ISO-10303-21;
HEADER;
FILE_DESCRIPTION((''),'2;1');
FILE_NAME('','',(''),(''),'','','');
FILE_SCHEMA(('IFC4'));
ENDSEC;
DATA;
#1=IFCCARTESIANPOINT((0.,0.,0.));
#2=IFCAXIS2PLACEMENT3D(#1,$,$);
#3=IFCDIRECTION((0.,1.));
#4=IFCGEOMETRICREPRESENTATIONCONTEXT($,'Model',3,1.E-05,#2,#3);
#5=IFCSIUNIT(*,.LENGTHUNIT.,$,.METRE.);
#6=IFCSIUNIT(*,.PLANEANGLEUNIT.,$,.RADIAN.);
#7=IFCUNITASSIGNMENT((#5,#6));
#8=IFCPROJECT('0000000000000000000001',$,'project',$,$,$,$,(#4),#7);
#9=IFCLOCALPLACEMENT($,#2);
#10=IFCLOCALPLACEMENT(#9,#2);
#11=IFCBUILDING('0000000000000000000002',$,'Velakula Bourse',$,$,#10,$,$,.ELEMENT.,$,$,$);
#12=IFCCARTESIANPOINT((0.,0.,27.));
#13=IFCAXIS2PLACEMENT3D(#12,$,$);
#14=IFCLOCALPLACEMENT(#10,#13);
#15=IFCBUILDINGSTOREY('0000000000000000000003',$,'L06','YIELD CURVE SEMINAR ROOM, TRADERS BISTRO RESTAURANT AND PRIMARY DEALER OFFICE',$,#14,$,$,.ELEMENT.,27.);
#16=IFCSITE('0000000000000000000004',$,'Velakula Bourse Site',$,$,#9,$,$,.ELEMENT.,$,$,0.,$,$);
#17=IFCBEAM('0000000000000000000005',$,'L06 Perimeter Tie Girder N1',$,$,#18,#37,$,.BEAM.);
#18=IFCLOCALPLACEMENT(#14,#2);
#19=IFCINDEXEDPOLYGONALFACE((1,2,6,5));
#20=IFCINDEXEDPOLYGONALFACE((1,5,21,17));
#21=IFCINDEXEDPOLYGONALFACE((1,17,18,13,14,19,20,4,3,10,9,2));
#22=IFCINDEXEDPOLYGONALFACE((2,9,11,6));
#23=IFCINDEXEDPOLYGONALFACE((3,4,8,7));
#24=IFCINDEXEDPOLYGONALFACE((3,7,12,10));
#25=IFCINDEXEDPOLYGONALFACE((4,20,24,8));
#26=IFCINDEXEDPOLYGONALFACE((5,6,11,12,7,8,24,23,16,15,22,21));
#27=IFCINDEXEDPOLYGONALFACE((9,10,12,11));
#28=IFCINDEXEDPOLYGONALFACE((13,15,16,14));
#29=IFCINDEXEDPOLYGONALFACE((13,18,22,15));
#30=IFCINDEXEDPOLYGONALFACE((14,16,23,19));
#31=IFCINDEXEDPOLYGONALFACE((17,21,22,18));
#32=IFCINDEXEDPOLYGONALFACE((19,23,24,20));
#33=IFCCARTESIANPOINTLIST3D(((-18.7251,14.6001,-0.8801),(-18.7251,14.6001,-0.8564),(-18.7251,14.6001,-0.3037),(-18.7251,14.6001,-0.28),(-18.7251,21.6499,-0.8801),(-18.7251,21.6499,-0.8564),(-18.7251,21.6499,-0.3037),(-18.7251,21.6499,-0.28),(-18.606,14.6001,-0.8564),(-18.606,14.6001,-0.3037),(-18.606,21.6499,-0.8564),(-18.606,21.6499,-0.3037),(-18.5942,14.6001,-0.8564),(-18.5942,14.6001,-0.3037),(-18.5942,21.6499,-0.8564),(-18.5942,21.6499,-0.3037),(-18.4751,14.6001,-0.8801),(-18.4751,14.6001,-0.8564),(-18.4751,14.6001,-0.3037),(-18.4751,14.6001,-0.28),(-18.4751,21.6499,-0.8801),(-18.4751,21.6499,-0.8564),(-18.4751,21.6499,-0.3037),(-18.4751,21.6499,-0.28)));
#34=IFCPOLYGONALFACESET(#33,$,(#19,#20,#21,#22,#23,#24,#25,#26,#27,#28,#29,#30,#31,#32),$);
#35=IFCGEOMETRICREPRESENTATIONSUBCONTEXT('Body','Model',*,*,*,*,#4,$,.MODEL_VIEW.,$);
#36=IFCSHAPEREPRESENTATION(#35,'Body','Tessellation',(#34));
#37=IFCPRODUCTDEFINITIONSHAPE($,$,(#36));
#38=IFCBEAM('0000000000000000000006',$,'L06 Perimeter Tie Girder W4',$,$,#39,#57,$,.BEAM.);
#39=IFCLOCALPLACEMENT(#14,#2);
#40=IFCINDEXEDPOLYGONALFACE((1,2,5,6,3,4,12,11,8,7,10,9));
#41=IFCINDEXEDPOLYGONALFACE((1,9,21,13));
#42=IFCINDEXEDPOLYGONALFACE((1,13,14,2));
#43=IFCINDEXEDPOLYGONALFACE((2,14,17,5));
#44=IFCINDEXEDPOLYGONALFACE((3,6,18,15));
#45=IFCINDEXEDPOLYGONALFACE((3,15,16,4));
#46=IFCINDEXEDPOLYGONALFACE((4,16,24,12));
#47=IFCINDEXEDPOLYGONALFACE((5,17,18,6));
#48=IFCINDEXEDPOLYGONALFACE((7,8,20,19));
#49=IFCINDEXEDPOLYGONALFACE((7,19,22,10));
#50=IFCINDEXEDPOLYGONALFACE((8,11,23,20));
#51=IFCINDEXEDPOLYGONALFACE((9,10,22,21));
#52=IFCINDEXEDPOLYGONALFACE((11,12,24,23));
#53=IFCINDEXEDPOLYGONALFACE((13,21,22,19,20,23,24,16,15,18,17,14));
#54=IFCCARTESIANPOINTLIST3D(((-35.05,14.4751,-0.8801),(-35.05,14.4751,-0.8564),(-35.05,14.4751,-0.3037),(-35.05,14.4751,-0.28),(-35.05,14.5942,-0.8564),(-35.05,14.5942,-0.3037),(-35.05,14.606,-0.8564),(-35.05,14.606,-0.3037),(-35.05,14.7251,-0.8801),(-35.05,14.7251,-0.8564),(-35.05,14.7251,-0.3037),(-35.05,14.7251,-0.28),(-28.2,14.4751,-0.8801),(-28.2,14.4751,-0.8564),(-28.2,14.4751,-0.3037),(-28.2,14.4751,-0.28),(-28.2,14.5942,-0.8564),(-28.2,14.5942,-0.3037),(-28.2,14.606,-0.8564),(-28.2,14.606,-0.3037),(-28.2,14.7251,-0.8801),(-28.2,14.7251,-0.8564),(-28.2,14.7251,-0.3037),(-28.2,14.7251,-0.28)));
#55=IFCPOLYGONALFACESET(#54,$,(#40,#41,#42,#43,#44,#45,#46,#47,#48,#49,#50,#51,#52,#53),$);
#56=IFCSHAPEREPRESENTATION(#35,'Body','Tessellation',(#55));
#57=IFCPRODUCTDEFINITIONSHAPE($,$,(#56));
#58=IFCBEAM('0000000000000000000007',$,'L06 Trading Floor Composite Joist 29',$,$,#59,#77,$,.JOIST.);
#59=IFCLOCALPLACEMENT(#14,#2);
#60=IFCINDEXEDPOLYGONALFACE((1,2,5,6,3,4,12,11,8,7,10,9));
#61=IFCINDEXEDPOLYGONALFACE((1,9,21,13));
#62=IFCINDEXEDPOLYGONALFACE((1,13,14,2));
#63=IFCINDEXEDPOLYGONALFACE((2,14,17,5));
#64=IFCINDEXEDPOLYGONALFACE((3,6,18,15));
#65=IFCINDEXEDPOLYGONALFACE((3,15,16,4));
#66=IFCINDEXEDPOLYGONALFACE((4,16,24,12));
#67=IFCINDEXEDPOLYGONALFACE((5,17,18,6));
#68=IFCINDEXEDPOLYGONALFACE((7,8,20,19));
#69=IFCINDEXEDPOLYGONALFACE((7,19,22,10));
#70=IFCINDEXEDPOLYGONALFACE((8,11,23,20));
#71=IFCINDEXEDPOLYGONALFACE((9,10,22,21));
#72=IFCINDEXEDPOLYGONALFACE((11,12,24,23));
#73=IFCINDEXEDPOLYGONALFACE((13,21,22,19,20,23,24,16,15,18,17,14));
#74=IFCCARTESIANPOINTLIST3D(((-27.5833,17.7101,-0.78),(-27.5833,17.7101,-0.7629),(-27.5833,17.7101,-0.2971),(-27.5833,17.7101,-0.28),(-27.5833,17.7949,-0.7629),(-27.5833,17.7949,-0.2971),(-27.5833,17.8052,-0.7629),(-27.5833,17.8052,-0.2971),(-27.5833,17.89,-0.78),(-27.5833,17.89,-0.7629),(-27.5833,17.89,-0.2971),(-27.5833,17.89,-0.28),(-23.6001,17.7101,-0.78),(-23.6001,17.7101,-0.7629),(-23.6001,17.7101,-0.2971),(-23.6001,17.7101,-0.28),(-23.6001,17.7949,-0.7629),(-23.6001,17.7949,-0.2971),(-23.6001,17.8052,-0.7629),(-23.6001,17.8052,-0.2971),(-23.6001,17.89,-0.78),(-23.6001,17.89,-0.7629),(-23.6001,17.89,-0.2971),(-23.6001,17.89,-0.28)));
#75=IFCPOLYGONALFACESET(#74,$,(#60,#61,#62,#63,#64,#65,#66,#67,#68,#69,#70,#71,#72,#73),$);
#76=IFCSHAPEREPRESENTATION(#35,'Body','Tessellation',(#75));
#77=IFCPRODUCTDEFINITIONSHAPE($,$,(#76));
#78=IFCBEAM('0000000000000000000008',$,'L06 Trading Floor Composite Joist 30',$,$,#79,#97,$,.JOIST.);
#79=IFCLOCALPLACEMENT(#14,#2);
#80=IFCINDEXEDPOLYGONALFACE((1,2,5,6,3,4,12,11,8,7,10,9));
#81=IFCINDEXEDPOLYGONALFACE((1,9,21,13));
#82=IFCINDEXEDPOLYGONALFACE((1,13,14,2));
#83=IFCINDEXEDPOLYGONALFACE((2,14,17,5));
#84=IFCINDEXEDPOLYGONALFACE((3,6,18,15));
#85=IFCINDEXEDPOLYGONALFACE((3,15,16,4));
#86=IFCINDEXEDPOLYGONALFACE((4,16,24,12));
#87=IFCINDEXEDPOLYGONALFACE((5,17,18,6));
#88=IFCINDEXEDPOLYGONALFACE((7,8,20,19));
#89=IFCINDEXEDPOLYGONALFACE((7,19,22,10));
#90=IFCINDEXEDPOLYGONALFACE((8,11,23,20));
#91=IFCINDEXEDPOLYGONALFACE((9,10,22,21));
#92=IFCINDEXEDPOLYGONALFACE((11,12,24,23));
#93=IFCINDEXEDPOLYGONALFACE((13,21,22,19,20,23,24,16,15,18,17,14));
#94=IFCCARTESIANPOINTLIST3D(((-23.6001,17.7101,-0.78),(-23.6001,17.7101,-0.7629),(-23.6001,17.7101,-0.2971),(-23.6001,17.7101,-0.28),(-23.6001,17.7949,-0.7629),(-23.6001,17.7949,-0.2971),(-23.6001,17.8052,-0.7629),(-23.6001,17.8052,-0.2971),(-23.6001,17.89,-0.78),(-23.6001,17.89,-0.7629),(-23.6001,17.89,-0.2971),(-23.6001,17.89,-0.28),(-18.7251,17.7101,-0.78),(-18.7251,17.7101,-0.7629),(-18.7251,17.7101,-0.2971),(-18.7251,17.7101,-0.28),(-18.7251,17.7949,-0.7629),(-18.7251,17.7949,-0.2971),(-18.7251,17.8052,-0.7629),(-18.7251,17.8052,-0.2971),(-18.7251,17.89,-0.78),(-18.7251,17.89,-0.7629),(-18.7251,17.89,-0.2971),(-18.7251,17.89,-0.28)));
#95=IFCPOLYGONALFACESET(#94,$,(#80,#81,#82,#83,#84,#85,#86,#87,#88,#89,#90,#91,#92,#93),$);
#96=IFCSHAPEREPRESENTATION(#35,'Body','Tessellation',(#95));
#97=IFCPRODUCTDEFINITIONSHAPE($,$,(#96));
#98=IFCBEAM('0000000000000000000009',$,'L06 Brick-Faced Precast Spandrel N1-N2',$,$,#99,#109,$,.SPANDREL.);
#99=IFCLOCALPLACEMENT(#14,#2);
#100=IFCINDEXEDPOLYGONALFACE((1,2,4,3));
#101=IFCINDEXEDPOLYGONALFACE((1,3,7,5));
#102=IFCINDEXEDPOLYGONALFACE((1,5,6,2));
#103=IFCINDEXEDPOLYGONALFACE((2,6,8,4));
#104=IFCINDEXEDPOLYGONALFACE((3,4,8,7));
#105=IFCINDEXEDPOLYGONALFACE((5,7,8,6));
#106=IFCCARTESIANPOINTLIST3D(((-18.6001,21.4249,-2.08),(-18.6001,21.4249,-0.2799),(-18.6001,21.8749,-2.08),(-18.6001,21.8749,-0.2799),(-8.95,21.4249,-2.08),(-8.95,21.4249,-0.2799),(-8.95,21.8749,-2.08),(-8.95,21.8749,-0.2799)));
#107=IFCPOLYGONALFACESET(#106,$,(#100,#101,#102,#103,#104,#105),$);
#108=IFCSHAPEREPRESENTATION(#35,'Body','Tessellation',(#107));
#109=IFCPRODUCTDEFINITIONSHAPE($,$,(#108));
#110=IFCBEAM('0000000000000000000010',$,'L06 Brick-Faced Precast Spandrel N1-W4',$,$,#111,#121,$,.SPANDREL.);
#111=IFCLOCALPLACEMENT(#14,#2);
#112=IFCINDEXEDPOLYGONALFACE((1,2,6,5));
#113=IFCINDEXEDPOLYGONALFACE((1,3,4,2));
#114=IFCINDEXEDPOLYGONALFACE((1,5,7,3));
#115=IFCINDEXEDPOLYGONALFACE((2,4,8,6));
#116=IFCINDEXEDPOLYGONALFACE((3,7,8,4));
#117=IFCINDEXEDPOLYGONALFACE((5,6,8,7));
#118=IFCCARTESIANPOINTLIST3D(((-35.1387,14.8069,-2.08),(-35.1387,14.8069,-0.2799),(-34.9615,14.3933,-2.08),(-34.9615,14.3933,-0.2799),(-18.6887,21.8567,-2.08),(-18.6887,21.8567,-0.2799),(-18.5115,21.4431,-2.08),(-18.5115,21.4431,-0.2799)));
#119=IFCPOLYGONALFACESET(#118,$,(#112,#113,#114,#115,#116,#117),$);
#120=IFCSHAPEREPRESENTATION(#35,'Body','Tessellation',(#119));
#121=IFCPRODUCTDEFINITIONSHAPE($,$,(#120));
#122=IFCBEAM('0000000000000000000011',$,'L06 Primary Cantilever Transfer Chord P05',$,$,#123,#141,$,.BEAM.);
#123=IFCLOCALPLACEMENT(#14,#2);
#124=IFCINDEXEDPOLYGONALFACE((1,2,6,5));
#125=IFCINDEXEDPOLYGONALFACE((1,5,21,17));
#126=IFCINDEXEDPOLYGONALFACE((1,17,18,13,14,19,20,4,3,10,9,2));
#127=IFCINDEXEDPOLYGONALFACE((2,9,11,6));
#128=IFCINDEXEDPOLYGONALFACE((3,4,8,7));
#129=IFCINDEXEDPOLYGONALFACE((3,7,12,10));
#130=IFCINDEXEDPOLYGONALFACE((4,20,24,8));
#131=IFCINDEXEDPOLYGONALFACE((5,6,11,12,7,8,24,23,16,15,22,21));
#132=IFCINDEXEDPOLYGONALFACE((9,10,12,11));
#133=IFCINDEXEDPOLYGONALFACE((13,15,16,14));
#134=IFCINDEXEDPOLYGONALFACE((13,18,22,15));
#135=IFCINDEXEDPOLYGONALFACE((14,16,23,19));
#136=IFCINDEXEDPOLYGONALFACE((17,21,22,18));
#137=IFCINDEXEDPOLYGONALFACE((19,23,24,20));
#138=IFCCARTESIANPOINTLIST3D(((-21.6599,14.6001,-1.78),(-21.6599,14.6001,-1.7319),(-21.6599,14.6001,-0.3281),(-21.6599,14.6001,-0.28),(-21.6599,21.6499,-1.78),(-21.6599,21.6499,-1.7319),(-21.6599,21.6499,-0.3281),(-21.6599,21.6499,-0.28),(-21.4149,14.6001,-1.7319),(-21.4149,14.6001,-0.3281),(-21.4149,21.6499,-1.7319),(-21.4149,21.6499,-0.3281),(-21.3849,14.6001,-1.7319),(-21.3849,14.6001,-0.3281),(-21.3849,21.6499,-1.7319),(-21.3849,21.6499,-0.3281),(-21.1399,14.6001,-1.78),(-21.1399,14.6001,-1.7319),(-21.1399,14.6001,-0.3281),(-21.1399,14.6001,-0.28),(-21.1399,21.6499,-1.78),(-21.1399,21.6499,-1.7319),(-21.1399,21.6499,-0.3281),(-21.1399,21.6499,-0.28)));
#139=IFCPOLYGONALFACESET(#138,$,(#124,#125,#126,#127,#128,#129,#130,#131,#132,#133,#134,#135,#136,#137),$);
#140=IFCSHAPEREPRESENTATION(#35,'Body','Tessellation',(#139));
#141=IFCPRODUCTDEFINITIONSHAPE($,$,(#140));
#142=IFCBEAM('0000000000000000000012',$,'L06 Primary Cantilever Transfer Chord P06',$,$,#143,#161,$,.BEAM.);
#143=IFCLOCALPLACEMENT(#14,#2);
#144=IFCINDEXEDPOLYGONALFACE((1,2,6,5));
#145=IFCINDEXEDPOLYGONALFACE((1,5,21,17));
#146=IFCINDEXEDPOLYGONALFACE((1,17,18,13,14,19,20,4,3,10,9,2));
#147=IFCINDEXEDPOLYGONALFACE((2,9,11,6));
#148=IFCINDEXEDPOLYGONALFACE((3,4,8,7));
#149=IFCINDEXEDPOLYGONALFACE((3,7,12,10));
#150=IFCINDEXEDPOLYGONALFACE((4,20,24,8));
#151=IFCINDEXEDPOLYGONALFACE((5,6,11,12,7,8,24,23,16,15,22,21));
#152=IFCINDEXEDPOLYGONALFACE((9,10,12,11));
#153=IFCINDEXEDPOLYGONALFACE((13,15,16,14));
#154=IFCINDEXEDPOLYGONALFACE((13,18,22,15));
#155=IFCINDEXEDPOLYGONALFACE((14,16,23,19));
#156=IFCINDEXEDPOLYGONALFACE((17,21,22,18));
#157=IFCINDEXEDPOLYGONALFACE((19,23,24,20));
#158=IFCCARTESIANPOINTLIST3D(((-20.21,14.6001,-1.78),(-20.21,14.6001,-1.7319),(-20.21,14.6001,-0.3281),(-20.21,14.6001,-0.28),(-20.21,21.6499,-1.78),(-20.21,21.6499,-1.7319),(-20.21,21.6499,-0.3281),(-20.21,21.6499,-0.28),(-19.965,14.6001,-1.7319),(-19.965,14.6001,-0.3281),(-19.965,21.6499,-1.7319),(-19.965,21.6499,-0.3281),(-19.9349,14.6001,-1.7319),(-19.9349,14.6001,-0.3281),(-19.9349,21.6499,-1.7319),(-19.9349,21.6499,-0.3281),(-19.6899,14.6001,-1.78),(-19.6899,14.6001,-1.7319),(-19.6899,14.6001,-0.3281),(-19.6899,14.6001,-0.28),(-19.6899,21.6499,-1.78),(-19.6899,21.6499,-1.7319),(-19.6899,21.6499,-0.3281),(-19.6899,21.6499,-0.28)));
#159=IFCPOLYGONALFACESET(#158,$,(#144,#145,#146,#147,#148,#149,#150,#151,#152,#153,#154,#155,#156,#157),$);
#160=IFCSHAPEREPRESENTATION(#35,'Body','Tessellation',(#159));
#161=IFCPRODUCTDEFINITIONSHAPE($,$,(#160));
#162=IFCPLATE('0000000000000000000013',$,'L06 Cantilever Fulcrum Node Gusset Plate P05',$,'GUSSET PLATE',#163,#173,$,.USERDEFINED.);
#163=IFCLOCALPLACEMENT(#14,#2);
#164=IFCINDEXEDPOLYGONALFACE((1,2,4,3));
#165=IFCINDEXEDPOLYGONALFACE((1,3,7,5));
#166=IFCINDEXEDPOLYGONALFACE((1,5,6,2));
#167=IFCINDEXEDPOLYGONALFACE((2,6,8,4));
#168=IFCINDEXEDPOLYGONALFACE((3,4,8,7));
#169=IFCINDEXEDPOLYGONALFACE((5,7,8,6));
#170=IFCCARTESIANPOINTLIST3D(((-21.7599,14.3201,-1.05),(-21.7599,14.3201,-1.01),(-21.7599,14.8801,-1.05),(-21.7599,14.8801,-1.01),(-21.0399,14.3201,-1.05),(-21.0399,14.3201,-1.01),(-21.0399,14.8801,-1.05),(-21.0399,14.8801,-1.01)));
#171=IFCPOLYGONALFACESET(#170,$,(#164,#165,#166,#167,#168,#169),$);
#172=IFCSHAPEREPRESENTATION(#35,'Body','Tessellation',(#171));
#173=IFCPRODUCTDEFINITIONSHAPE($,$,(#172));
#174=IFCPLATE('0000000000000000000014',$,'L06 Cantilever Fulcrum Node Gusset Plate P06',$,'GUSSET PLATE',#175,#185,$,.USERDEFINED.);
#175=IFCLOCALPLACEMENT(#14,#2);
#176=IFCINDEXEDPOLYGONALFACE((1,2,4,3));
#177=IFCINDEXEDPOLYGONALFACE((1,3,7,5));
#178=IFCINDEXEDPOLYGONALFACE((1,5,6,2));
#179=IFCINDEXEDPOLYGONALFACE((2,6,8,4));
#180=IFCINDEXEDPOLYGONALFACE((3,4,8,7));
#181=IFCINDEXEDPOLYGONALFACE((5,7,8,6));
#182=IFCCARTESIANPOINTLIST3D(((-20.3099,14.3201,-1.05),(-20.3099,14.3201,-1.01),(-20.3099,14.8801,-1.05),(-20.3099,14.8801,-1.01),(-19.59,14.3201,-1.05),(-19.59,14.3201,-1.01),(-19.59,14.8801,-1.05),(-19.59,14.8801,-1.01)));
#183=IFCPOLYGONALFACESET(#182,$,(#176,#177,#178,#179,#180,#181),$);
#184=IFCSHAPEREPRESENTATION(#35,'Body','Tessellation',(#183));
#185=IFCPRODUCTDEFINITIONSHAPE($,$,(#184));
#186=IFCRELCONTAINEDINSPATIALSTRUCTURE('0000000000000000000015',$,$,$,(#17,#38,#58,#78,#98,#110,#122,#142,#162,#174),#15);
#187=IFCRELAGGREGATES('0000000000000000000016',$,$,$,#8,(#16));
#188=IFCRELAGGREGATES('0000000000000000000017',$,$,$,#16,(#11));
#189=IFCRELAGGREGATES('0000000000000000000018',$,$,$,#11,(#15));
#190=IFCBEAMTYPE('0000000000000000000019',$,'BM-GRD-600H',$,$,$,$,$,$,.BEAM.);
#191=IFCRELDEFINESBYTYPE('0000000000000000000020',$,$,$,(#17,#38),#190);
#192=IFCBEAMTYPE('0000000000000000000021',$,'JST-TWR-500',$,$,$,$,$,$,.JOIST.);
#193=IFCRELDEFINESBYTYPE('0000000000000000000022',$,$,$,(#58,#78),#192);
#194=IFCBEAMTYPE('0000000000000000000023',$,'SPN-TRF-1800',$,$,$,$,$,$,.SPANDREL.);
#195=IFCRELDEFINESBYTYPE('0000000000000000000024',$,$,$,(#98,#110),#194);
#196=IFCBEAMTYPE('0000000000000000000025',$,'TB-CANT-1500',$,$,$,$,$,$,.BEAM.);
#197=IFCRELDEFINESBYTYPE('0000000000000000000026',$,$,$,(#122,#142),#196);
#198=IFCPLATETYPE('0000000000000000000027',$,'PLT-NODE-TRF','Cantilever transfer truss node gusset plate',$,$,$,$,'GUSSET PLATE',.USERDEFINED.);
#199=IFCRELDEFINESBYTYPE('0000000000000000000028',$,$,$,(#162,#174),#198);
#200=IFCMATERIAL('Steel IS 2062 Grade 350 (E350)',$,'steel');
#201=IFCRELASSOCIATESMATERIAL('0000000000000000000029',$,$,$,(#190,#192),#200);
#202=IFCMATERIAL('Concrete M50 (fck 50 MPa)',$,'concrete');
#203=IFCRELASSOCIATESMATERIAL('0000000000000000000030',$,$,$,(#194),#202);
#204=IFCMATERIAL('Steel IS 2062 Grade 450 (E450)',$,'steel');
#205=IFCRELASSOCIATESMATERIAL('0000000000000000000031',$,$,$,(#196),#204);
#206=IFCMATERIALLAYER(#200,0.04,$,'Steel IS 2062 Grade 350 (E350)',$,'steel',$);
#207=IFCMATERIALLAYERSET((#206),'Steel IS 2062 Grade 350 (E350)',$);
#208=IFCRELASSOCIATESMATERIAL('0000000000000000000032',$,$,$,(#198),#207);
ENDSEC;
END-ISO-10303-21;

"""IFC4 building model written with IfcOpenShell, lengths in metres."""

from ifc_helpers import new_model, si_unit, direction, frame, origin, origin_2d, place, context, subcontext, project, spatial, rectangle, i_section, extrude, material, layer, layer_set, material_profile, profile_set, type_object, element, save


model = new_model("IFC4")

# Units and contexts
model_context = context("Model", 3, precision=1e-05, world=origin(), true_north=direction((0.0, 1.0)))
body_context = subcontext(model_context, "Body", "Model", "MODEL_VIEW")
ifc_project = project(units=[si_unit("LENGTHUNIT", "METRE"), si_unit("PLANEANGLEUNIT", "RADIAN")], contexts=[model_context])

# Site, building, storey
site_placement = place(None, origin())
site = spatial("IfcSite", under=ifc_project, at=site_placement, Name="Velakula Bourse Site", CompositionType="ELEMENT", RefElevation=0.0)
building_placement = place(site_placement, origin())
building = spatial("IfcBuilding", under=site, at=building_placement, Name="Velakula Bourse", CompositionType="ELEMENT")
storey_placement = place(building_placement, frame((0.0, 0.0, 27.0)))
storey = spatial("IfcBuildingStorey", under=building, at=storey_placement, Name="L06", Description="YIELD CURVE SEMINAR ROOM, TRADERS BISTRO RESTAURANT AND PRIMARY DEALER OFFICE", CompositionType="ELEMENT", Elevation=27.0)

# Shared definitions
ifc_material_1 = material(Name="Steel IS 2062 Grade 450 (E450)", Category="steel")

# Beams
ifc_material_2 = material(Name="Steel IS 2062 Grade 350 (E350)", Category="steel")
ifc_material_profile_1 = material_profile(ifc_material_2, i_section(OverallWidth=0.25, OverallDepth=0.6001, WebThickness=0.0117, FlangeThickness=0.0237, at=origin_2d()), Name="Steel IS 2062 Grade 350 (E350)")
ifc_profile_set_1 = profile_set([ifc_material_profile_1], Name="Steel IS 2062 Grade 350 (E350)")
beam_type_1 = type_object("IfcBeamType", Name="BM-GRD-600H", PredefinedType="BEAM", material=ifc_profile_set_1)
beam_1_placement = place(storey_placement, frame((-18.6001, 14.6001, -0.5801), z_axis=(0.0, 1.0, 0.0), x_axis=(-1.0, 0.0, 0.0)))
element("IfcBeam", 1, at=beam_1_placement, inside=storey, type_object=beam_type_1, Name="L06 Perimeter Tie Girder N1", PredefinedType="BEAM", context=body_context, shape_type="SweptSolid", body=[
    extrude(i_section(OverallWidth=0.25, OverallDepth=0.6001, WebThickness=0.0117, FlangeThickness=0.0237, at=origin_2d()), origin(), (0.0, 0.0, 1.0), 7.0498),
])
beam_2_placement = place(storey_placement, frame((-28.2, 14.6001, -0.5801), z_axis=(-1.0, 0.0, 0.0), x_axis=(0.0, -1.0, 0.0)))
element("IfcBeam", 2, at=beam_2_placement, inside=storey, type_object=beam_type_1, Name="L06 Perimeter Tie Girder W4", PredefinedType="BEAM", context=body_context, shape_type="SweptSolid", body=[
    extrude(i_section(OverallWidth=0.25, OverallDepth=0.6001, WebThickness=0.0117, FlangeThickness=0.0237, at=origin_2d()), origin(), (0.0, 0.0, 1.0), 6.8501),
])
ifc_material_profile_2 = material_profile(ifc_material_2, i_section(OverallWidth=0.1799, OverallDepth=0.5, WebThickness=0.0103, FlangeThickness=0.0171, at=origin_2d()), Name="Steel IS 2062 Grade 350 (E350)")
ifc_profile_set_2 = profile_set([ifc_material_profile_2], Name="Steel IS 2062 Grade 350 (E350)")
beam_type_2 = type_object("IfcBeamType", Name="JST-TWR-500", PredefinedType="JOIST", material=ifc_profile_set_2)
beam_3_placement = place(storey_placement, frame((-27.5833, 17.8, -0.53), z_axis=(1.0, 0.0, 0.0), x_axis=(0.0, 1.0, 0.0)))
element("IfcBeam", 3, at=beam_3_placement, inside=storey, type_object=beam_type_2, Name="L06 Trading Floor Composite Joist 29", PredefinedType="JOIST", context=body_context, shape_type="SweptSolid", body=[
    extrude(i_section(OverallWidth=0.1799, OverallDepth=0.5, WebThickness=0.0103, FlangeThickness=0.0171, at=origin_2d()), origin(), (0.0, 0.0, 1.0), 3.9832),
])
beam_4_placement = place(storey_placement, frame((-23.6001, 17.8, -0.53), z_axis=(1.0, 0.0, 0.0), x_axis=(0.0, 1.0, 0.0)))
element("IfcBeam", 4, at=beam_4_placement, inside=storey, type_object=beam_type_2, Name="L06 Trading Floor Composite Joist 30", PredefinedType="JOIST", context=body_context, shape_type="SweptSolid", body=[
    extrude(i_section(OverallWidth=0.1799, OverallDepth=0.5, WebThickness=0.0103, FlangeThickness=0.0171, at=origin_2d()), origin(), (0.0, 0.0, 1.0), 4.875),
])
ifc_material_3 = material(Name="Concrete M50 (fck 50 MPa)", Category="concrete")
ifc_material_profile_3 = material_profile(ifc_material_3, rectangle(XDim=0.45, YDim=1.8, at=origin_2d()), Name="Concrete M50 (fck 50 MPa)")
ifc_profile_set_3 = profile_set([ifc_material_profile_3], Name="Concrete M50 (fck 50 MPa)")
beam_type_3 = type_object("IfcBeamType", Name="SPN-TRF-1800", PredefinedType="SPANDREL", material=ifc_profile_set_3)
beam_5_placement = place(storey_placement, frame((-18.6001, 21.6499, -1.1799), z_axis=(1.0, 0.0, 0.0), x_axis=(0.0, 1.0, 0.0)))
element("IfcBeam", 5, at=beam_5_placement, inside=storey, type_object=beam_type_3, Name="L06 Brick-Faced Precast Spandrel N1-N2", PredefinedType="SPANDREL", context=body_context, shape_type="SweptSolid", body=[
    extrude(rectangle(XDim=0.45, YDim=1.8, at=origin_2d()), origin(), (0.0, 0.0, 1.0), 9.6501),
])
beam_6_placement = place(storey_placement, frame((-18.6001, 21.6499, -1.1799), z_axis=(-0.919149, -0.393911, 0.0), x_axis=(0.393911, -0.919149, 0.0)))
element("IfcBeam", 6, at=beam_6_placement, inside=storey, type_object=beam_type_3, Name="L06 Brick-Faced Precast Spandrel N1-W4", PredefinedType="SPANDREL", context=body_context, shape_type="SweptSolid", body=[
    extrude(rectangle(XDim=0.45, YDim=1.8, at=origin_2d()), origin(), (0.0, 0.0, 1.0), 17.897),
])
ifc_material_profile_4 = material_profile(ifc_material_1, i_section(OverallWidth=0.52, OverallDepth=1.5, WebThickness=0.03, FlangeThickness=0.0481, at=origin_2d()), Name="Steel IS 2062 Grade 450 (E450)")
ifc_profile_set_4 = profile_set([ifc_material_profile_4], Name="Steel IS 2062 Grade 450 (E450)")
beam_type_4 = type_object("IfcBeamType", Name="TB-CANT-1500", PredefinedType="BEAM", material=ifc_profile_set_4)
for number, where, z_axis, x_axis, name in (
    (7, (-21.3999, 14.6001, -1.03), (0.0, 1.0, 0.0), (-1.0, 0.0, 0.0), "L06 Primary Cantilever Transfer Chord P05"),
    (8, (-19.95, 14.6001, -1.03), (0.0, 1.0, 0.0), (-1.0, 0.0, 0.0), "L06 Primary Cantilever Transfer Chord P06"),
):
    element("IfcBeam", number, at=place(storey_placement, frame(where, z_axis=z_axis, x_axis=x_axis)), inside=storey, type_object=beam_type_4, Name=name, PredefinedType="BEAM", context=body_context, shape_type="SweptSolid", body=[
        extrude(i_section(OverallWidth=0.52, OverallDepth=1.5, WebThickness=0.03, FlangeThickness=0.0481, at=origin_2d()), origin(), (0.0, 0.0, 1.0), 7.0498),
    ])

# Plates
ifc_layer_1 = layer(ifc_material_2, 0.04, Name="Steel IS 2062 Grade 350 (E350)", Category="steel")
ifc_layer_set_1 = layer_set([ifc_layer_1], Name="Steel IS 2062 Grade 350 (E350)")
plate_type = type_object("IfcPlateType", Name="PLT-NODE-TRF", Description="Cantilever transfer truss node gusset plate", ElementType="GUSSET PLATE", PredefinedType="USERDEFINED", material=ifc_layer_set_1)
for number, where, z_axis, x_axis, name in (
    (9, (-21.3999, 14.6001, -1.05), (0.0, 0.0, 1.0), (0.0, 1.0, 0.0), "L06 Cantilever Fulcrum Node Gusset Plate P05"),
    (10, (-19.95, 14.6001, -1.05), (0.0, 0.0, 1.0), (0.0, 1.0, 0.0), "L06 Cantilever Fulcrum Node Gusset Plate P06"),
):
    element("IfcPlate", number, at=place(storey_placement, frame(where, z_axis=z_axis, x_axis=x_axis)), inside=storey, type_object=plate_type, Name=name, ObjectType="GUSSET PLATE", PredefinedType="USERDEFINED", context=body_context, shape_type="SweptSolid", body=[
        extrude(rectangle(XDim=0.5601, YDim=0.72, at=origin_2d()), origin(), (0.0, 0.0, 1.0), 0.04),
    ])

save(model, "model.ifc")
